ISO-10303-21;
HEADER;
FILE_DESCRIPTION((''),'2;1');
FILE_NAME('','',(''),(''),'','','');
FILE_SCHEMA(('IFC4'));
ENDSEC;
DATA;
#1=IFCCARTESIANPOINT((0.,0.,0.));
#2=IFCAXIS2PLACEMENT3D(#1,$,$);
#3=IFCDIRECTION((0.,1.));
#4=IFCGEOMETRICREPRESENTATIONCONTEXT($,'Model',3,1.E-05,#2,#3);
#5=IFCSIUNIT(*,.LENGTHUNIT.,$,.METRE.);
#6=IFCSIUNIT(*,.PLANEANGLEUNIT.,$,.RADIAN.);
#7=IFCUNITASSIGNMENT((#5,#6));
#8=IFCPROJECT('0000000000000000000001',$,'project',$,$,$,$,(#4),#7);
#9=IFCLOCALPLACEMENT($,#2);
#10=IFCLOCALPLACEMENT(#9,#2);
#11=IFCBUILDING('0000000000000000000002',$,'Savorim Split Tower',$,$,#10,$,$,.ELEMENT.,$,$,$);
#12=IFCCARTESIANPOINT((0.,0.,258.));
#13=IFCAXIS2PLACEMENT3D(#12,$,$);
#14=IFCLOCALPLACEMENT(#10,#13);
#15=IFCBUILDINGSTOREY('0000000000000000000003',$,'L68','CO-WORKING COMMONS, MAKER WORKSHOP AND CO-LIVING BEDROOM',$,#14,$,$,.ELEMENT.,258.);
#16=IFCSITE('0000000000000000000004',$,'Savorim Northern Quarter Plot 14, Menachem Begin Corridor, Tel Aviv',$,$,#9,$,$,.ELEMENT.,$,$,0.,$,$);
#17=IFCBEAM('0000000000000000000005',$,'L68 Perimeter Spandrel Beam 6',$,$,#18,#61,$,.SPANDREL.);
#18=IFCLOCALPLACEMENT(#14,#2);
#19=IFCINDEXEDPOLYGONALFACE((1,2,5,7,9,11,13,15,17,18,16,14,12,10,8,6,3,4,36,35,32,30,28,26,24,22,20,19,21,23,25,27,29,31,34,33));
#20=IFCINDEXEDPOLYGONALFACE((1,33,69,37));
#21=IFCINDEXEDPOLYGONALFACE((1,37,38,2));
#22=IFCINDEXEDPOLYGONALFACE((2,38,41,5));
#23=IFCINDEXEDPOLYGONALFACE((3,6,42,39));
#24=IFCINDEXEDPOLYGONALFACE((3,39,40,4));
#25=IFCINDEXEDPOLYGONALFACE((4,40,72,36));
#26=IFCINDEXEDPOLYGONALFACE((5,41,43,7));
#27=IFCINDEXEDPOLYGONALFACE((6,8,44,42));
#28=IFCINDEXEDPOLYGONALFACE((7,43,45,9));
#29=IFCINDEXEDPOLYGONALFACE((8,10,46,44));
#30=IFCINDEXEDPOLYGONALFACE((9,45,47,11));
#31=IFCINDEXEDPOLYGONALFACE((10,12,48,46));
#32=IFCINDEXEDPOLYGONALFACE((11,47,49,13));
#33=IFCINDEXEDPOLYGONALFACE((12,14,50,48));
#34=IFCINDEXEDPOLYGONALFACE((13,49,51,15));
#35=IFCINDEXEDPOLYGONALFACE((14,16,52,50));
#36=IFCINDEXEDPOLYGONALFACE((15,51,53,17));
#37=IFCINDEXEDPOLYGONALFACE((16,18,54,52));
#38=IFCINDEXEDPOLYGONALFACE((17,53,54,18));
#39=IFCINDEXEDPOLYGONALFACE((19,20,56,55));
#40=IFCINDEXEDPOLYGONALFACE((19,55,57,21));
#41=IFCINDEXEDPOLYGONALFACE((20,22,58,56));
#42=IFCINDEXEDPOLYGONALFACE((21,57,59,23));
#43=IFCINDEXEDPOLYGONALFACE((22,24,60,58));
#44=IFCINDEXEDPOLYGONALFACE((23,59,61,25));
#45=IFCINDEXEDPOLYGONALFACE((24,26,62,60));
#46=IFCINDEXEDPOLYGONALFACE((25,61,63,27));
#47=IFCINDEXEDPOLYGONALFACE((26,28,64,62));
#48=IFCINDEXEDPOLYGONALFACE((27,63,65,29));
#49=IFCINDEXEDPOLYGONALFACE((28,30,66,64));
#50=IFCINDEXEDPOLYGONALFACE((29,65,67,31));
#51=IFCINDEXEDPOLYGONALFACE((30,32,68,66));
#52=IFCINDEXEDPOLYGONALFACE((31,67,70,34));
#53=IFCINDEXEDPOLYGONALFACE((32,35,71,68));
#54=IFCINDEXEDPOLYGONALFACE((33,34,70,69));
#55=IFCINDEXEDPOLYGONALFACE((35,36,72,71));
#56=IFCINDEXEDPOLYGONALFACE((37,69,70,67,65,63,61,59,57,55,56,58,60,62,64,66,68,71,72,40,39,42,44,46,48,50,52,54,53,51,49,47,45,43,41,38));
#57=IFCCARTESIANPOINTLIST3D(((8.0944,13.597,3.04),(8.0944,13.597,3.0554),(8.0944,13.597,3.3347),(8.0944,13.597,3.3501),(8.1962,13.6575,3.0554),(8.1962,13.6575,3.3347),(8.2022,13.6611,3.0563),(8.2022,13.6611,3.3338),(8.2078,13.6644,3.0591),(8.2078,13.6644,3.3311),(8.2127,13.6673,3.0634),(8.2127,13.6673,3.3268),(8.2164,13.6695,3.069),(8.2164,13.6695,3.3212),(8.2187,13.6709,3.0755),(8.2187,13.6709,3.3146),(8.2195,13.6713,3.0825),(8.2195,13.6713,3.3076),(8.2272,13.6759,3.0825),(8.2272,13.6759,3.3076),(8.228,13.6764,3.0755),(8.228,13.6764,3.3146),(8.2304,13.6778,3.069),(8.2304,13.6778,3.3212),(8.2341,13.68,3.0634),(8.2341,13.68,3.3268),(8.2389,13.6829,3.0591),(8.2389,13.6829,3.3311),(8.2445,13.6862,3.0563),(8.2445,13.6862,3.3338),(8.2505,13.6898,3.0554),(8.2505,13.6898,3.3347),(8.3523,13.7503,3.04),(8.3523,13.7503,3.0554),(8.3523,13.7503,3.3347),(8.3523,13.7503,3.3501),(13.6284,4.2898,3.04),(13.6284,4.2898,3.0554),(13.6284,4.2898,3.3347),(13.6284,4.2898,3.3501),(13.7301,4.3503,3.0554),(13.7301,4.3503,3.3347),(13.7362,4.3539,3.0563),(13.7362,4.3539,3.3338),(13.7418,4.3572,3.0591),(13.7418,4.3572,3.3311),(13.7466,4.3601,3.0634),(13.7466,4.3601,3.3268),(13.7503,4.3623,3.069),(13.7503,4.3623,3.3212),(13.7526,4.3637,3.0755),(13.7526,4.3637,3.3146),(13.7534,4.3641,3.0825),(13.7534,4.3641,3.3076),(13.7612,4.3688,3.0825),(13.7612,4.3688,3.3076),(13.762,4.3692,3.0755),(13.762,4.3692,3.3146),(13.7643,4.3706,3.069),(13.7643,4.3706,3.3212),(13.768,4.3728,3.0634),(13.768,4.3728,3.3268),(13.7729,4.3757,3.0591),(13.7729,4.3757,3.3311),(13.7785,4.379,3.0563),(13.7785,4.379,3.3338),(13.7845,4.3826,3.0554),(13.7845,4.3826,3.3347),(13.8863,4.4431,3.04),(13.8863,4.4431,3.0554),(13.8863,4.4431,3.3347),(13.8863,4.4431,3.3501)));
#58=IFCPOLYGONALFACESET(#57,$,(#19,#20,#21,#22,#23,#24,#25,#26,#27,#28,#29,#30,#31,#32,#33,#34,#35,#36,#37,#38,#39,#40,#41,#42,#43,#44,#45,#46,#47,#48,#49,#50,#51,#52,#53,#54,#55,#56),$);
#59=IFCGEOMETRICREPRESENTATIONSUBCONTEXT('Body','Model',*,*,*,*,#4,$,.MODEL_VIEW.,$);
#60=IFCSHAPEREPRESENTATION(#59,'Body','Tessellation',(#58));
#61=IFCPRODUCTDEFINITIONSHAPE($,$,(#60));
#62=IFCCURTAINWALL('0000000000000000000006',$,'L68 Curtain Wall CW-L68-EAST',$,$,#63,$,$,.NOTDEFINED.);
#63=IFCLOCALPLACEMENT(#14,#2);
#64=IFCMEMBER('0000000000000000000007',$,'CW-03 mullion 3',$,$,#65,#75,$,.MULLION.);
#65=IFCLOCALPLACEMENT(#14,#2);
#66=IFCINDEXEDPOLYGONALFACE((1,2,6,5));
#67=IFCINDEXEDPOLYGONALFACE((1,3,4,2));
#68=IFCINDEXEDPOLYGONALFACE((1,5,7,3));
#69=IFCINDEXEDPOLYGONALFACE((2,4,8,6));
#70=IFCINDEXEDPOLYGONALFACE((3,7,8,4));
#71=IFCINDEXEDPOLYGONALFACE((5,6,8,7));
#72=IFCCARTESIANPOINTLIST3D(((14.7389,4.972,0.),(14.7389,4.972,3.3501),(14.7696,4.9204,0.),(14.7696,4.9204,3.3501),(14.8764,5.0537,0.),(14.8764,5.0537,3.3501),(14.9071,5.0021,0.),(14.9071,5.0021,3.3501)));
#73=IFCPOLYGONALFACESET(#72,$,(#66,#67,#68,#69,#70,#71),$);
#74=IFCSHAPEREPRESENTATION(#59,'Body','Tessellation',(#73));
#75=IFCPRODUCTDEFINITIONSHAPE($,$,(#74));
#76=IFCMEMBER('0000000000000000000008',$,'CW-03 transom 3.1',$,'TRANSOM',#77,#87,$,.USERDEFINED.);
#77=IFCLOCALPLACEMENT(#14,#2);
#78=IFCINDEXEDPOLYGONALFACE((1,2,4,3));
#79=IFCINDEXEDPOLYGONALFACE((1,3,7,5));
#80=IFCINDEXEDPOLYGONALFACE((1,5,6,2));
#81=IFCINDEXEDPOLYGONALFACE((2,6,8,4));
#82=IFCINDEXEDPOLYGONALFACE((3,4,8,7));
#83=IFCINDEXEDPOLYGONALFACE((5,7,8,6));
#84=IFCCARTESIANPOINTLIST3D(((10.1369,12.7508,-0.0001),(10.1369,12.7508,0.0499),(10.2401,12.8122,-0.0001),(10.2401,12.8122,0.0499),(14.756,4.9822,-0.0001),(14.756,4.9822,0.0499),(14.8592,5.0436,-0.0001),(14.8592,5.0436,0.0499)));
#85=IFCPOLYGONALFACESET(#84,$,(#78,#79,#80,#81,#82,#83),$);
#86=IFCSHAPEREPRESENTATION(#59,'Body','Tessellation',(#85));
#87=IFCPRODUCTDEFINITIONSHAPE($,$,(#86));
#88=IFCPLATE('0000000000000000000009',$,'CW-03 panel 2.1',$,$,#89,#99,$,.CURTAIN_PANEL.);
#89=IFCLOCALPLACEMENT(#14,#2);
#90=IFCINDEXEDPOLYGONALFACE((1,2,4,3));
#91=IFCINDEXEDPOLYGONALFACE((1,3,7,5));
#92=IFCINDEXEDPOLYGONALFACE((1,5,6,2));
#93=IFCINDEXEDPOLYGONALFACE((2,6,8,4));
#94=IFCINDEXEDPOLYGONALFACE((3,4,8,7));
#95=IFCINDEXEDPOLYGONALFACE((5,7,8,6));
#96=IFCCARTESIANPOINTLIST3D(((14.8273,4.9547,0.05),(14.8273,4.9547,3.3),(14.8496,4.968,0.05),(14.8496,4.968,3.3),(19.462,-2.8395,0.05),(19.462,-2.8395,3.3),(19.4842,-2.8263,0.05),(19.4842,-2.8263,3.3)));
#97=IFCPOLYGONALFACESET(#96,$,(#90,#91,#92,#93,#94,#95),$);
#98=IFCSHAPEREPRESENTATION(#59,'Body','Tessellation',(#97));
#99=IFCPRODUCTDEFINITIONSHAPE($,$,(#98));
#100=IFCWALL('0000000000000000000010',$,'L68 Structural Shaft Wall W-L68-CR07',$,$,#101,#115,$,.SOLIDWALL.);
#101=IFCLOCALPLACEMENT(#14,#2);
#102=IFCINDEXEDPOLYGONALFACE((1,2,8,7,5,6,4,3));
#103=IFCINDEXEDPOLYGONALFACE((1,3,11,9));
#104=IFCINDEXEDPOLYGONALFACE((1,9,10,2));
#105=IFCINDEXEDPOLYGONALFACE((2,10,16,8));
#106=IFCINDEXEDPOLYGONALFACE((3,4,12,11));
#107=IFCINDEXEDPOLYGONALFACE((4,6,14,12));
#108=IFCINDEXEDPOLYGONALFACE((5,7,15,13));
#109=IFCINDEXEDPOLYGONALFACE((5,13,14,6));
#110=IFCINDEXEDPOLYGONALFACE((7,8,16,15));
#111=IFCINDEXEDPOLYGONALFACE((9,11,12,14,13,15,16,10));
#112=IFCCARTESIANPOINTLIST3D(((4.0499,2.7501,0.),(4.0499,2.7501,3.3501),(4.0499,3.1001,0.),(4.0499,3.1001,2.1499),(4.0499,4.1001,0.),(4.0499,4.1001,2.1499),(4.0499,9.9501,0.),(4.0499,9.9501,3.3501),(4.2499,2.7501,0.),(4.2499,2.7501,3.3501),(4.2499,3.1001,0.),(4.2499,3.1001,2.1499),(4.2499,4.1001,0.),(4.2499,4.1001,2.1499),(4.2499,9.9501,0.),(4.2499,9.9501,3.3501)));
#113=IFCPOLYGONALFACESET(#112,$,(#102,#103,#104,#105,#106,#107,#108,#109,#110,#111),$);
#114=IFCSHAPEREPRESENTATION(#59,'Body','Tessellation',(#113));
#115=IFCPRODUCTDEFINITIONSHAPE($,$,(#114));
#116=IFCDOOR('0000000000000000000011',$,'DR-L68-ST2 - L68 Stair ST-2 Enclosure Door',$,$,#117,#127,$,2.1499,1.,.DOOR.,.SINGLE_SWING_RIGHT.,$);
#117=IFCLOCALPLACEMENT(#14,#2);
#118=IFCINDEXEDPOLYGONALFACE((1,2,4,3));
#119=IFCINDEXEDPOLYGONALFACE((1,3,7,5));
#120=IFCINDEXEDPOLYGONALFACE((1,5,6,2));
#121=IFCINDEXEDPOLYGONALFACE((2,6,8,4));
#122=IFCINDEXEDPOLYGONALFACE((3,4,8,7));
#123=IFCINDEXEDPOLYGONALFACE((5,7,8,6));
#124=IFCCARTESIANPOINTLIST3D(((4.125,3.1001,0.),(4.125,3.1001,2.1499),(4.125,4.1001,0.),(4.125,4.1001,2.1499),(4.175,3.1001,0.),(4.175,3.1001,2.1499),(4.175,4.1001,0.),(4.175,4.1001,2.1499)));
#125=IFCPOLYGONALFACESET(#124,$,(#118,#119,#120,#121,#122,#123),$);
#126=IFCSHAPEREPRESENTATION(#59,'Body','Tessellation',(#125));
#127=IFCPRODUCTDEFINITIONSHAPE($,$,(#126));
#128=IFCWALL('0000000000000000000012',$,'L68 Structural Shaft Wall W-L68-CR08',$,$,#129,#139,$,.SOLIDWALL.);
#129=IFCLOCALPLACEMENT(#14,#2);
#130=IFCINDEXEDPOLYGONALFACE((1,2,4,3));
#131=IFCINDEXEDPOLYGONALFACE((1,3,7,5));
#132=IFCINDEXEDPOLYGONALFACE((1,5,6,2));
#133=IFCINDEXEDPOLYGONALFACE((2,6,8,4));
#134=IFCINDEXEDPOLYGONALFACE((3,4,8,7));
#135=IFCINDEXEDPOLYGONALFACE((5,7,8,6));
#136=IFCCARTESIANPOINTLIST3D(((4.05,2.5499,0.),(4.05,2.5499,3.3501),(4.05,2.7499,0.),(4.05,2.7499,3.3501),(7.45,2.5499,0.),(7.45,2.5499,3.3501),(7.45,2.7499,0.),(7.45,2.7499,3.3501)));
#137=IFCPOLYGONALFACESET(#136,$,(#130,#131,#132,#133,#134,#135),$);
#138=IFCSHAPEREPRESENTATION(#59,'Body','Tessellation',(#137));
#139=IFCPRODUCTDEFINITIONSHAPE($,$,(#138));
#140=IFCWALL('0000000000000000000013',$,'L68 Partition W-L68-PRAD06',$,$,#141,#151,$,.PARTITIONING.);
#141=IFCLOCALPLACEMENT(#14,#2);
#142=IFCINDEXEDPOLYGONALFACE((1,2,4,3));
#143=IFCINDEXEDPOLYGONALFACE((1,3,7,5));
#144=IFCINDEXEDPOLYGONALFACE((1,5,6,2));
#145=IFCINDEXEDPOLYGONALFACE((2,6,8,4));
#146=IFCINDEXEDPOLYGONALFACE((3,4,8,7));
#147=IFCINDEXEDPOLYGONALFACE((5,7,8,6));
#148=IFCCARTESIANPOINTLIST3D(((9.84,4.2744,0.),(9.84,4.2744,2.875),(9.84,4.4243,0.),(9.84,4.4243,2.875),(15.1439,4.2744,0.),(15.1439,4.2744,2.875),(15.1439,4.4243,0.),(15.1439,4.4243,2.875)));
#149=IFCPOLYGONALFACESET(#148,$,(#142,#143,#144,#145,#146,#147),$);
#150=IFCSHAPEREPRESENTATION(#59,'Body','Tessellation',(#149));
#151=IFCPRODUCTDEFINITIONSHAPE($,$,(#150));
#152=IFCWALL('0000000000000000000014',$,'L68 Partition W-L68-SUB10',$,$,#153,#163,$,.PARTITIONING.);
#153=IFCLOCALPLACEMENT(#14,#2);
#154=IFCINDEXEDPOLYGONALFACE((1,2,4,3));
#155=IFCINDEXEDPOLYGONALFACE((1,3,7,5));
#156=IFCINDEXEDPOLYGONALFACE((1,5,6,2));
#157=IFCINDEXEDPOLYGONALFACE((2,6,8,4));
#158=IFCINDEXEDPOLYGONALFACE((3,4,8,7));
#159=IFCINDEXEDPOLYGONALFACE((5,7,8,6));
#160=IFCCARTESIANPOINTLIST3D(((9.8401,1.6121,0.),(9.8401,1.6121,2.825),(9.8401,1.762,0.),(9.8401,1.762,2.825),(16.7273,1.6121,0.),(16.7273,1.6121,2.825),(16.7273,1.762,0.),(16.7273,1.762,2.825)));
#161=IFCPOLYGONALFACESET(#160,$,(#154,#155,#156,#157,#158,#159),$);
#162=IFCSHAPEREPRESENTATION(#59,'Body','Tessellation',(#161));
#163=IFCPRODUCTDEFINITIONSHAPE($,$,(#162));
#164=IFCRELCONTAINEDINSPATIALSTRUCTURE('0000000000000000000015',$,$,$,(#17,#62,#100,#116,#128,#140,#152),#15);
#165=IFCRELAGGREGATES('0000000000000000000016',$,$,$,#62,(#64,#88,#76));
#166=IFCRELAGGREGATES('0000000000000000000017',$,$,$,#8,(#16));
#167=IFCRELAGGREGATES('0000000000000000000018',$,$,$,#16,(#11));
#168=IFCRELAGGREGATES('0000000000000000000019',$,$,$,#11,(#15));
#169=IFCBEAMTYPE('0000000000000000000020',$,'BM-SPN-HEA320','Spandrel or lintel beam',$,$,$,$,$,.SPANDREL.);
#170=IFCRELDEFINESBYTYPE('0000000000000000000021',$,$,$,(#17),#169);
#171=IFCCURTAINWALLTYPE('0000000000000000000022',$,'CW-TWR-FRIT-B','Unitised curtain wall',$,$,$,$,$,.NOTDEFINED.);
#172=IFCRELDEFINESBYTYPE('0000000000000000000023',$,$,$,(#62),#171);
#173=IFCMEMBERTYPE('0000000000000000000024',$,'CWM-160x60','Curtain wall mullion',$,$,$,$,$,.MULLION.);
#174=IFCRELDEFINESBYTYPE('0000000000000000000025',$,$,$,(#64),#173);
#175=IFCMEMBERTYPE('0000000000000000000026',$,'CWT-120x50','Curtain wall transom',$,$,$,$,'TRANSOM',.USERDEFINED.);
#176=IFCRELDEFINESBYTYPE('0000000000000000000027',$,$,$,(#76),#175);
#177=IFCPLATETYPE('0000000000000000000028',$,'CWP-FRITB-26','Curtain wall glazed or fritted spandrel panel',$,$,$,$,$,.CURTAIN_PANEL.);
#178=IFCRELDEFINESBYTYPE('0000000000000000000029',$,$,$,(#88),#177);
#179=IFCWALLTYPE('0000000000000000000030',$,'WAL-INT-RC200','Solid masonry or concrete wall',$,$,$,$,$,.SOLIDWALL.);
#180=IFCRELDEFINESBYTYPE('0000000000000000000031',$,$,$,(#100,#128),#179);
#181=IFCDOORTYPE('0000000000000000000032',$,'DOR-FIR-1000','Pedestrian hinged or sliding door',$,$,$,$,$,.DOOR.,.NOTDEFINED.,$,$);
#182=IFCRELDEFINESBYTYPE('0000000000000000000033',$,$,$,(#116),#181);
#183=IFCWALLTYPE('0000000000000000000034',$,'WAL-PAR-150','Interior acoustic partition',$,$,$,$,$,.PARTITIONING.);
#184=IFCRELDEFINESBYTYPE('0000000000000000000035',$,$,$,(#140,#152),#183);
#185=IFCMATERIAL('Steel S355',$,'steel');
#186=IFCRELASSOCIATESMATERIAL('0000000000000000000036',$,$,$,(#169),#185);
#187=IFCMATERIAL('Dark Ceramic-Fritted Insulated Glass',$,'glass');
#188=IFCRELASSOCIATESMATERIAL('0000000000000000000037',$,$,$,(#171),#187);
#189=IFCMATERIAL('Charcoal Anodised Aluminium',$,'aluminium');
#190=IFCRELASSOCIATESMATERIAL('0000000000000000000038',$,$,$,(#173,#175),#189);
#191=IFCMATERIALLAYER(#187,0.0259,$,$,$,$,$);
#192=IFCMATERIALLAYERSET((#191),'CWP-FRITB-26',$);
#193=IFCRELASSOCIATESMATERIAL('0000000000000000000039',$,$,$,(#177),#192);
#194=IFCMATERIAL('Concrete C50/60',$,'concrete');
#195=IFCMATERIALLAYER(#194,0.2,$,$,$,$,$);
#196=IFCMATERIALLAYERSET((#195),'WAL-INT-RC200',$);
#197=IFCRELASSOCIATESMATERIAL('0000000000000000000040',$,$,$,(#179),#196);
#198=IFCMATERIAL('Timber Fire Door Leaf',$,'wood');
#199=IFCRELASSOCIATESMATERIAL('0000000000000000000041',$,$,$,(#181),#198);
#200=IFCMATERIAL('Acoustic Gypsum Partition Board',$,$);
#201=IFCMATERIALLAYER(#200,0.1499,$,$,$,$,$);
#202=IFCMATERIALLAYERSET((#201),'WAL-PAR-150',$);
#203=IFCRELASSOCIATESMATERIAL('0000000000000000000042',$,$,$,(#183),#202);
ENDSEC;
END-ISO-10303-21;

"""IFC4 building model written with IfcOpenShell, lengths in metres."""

from ifc_helpers import new_model, si_unit, direction, frame, frame_2d, origin, origin_2d, place, context, subcontext, project, spatial, rectangle, i_section, extrude, material, layer, layer_set, material_profile, profile_set, type_object, element, fill, aggregate, save


model = new_model("IFC4")

# Units and contexts
model_context = context("Model", 3, precision=1e-05, world=origin(), true_north=direction((0.0, 1.0)))
body_context = subcontext(model_context, "Body", "Model", "MODEL_VIEW")
ifc_project = project(units=[si_unit("LENGTHUNIT", "METRE"), si_unit("PLANEANGLEUNIT", "RADIAN")], contexts=[model_context])

# Site, building, storey
site_placement = place(None, origin())
site = spatial("IfcSite", under=ifc_project, at=site_placement, Name="Savorim Northern Quarter Plot 14, Menachem Begin Corridor, Tel Aviv", CompositionType="ELEMENT", RefElevation=0.0)
building_placement = place(site_placement, origin())
building = spatial("IfcBuilding", under=site, at=building_placement, Name="Savorim Split Tower", CompositionType="ELEMENT")
storey_placement = place(building_placement, frame((0.0, 0.0, 258.0)))
storey = spatial("IfcBuildingStorey", under=building, at=storey_placement, Name="L68", Description="CO-WORKING COMMONS, MAKER WORKSHOP AND CO-LIVING BEDROOM", CompositionType="ELEMENT", Elevation=258.0)

# Shared definitions
ifc_material_1 = material(Name="Steel S355", Category="steel")

# Beam
ifc_material_profile_1 = material_profile(ifc_material_1, i_section(OverallWidth=0.3, OverallDepth=0.3101, WebThickness=0.009, FlangeThickness=0.0154, FilletRadius=0.0271, at=origin_2d()), Name="HEA 320")
ifc_profile_set_1 = profile_set([ifc_material_profile_1], Name="Steel S355")
beam_type_1 = type_object("IfcBeamType", Name="BM-SPN-HEA320", Description="Spandrel or lintel beam", PredefinedType="SPANDREL", material=ifc_profile_set_1)
beam_1_placement = place(storey_placement, frame((13.7573, 4.3665, 3.1951), z_axis=(-0.511073, 0.859537, 0.0), x_axis=(-0.859537, -0.511073, 0.0)))
element("IfcBeam", 1, at=beam_1_placement, inside=storey, type_object=beam_type_1, Name="L68 Perimeter Spandrel Beam 6", PredefinedType="SPANDREL", context=body_context, shape_type="SweptSolid", body=[
    extrude(i_section(OverallWidth=0.3, OverallDepth=0.3101, WebThickness=0.009, FlangeThickness=0.0154, FilletRadius=0.0271, at=origin_2d()), origin(), (0.0, 0.0, 1.0), 10.8281),
])

# Curtain wall, members, plate
ifc_material_2 = material(Name="Dark Ceramic-Fritted Insulated Glass", Category="glass")
curtain_wall_type = type_object("IfcCurtainWallType", Name="CW-TWR-FRIT-B", Description="Unitised curtain wall", PredefinedType="NOTDEFINED", material=ifc_material_2)
curtain_wall_placement = place(storey_placement, origin())
curtain_wall = element("IfcCurtainWall", 2, at=curtain_wall_placement, inside=storey, type_object=curtain_wall_type, Name="L68 Curtain Wall CW-L68-EAST", PredefinedType="NOTDEFINED")
ifc_material_3 = material(Name="Charcoal Anodised Aluminium", Category="aluminium")
ifc_material_profile_2 = material_profile(ifc_material_3, rectangle(XDim=0.1599, YDim=0.0601, at=origin_2d()), Name="ALU-M 160x60")
ifc_profile_set_2 = profile_set([ifc_material_profile_2], Name="Charcoal Anodised Aluminium")
member_type_1 = type_object("IfcMemberType", Name="CWM-160x60", Description="Curtain wall mullion", PredefinedType="MULLION", material=ifc_profile_set_2)
member_1_placement = place(storey_placement, frame((14.823, 4.9871, 0.0), z_axis=(0.0, 0.0, 1.0), x_axis=(-0.859527, -0.51109, 0.0)))
member_1 = element("IfcMember", 3, at=member_1_placement, type_object=member_type_1, Name="CW-03 mullion 3", PredefinedType="MULLION", context=body_context, shape_type="SweptSolid", body=[
    extrude(rectangle(XDim=0.1599, YDim=0.0601, at=origin_2d()), origin(), (0.0, 0.0, 1.0), 3.3501),
])
ifc_material_profile_3 = material_profile(ifc_material_3, rectangle(XDim=0.1201, YDim=0.05, at=origin_2d()), Name="ALU-T 120x50")
ifc_profile_set_3 = profile_set([ifc_material_profile_3], Name="Charcoal Anodised Aluminium")
member_type_2 = type_object("IfcMemberType", Name="CWT-120x50", Description="Curtain wall transom", ElementType="TRANSOM", PredefinedType="USERDEFINED", material=ifc_profile_set_3)
member_2_placement = place(storey_placement, frame((14.8076, 5.0129, 0.0249), z_axis=(-0.511075, 0.859536, 0.0), x_axis=(-0.859536, -0.511075, 0.0)))
member_2 = element("IfcMember", 4, at=member_2_placement, type_object=member_type_2, Name="CW-03 transom 3.1", ObjectType="TRANSOM", PredefinedType="USERDEFINED", context=body_context, shape_type="SweptSolid", body=[
    extrude(rectangle(XDim=0.1201, YDim=0.05, at=origin_2d()), origin(), (0.0, 0.0, 1.0), 9.0381),
])
ifc_layer_1 = layer(ifc_material_2, 0.0259)
ifc_layer_set_1 = layer_set([ifc_layer_1], Name="CWP-FRITB-26")
plate_type = type_object("IfcPlateType", Name="CWP-FRITB-26", Description="Curtain wall glazed or fritted spandrel panel", PredefinedType="CURTAIN_PANEL", material=ifc_layer_set_1)
plate_placement = place(storey_placement, frame((17.1558, 1.0642, 0.05), z_axis=(0.0, 0.0, 1.0), x_axis=(-0.51109, 0.859527, 0.0)))
plate = element("IfcPlate", 5, at=plate_placement, type_object=plate_type, Name="CW-03 panel 2.1", PredefinedType="CURTAIN_PANEL", context=body_context, shape_type="SweptSolid", body=[
    extrude(rectangle(XDim=9.0681, YDim=0.0259, at=origin_2d()), origin(), (0.0, 0.0, 1.0), 3.25),
])
aggregate(curtain_wall, [member_1, plate, member_2])

# Wall, opening, door
ifc_material_4 = material(Name="Concrete C50/60", Category="concrete")
ifc_layer_2 = layer(ifc_material_4, 0.2)
ifc_layer_set_2 = layer_set([ifc_layer_2], Name="WAL-INT-RC200")
wall_type_1 = type_object("IfcWallType", Name="WAL-INT-RC200", Description="Solid masonry or concrete wall", PredefinedType="SOLIDWALL", material=ifc_layer_set_2)
wall_1_placement = place(storey_placement, frame((4.1499, 2.75, 0.0), z_axis=(0.0, 0.0, 1.0), x_axis=(0.0, 1.0, 0.0)))
wall_1 = element("IfcWall", 6, at=wall_1_placement, inside=storey, type_object=wall_type_1, Name="L68 Structural Shaft Wall W-L68-CR07", PredefinedType="SOLIDWALL", context=body_context, shape_type="SweptSolid", body=[
    extrude(rectangle(XDim=7.2, YDim=0.2, at=frame_2d((3.6001, 0.0))), origin(), (0.0, 0.0, 1.0), 3.3501),
])
opening_1_placement = place(wall_1_placement, frame((0.3501, 0.0, 0.0)))
opening_1 = element("IfcOpeningElement", 7, at=opening_1_placement, cuts=wall_1, PredefinedType="OPENING", context=body_context, shape_type="SweptSolid", body=[
    extrude(rectangle(XDim=1.0, YDim=2.1499, at=frame_2d((0.5, 1.075))), frame((0.0, 0.1099, 0.0), z_axis=(0.0, -1.0, 0.0), x_axis=(1.0, 0.0, 0.0)), (0.0, 0.0, 1.0), 0.22),
])
ifc_material_5 = material(Name="Timber Fire Door Leaf", Category="wood")
door_type_1 = type_object("IfcDoorType", Name="DOR-FIR-1000", Description="Pedestrian hinged or sliding door", OperationType="NOTDEFINED", PredefinedType="DOOR", material=ifc_material_5)
door_1_placement = place(opening_1_placement, origin())
door_1 = element("IfcDoor", 8, at=door_1_placement, inside=storey, type_object=door_type_1, Name="DR-L68-ST2 - L68 Stair ST-2 Enclosure Door", OperationType="SINGLE_SWING_RIGHT", OverallHeight=2.1499, OverallWidth=1.0, PredefinedType="DOOR", context=body_context, shape_type="SweptSolid", body=[
    extrude(rectangle(XDim=1.0, YDim=2.1499, at=frame_2d((0.5, 1.075))), frame((0.0, 0.0249, 0.0), z_axis=(0.0, -1.0, 0.0), x_axis=(1.0, 0.0, 0.0)), (0.0, 0.0, 1.0), 0.05),
])
fill(opening_1, door_1)

# Wall
wall_2_placement = place(storey_placement, frame((4.05, 2.6499, 0.0), z_axis=(0.0, 0.0, 1.0), x_axis=(1.0, 0.0, 0.0)))
element("IfcWall", 9, at=wall_2_placement, inside=storey, type_object=wall_type_1, Name="L68 Structural Shaft Wall W-L68-CR08", PredefinedType="SOLIDWALL", context=body_context, shape_type="SweptSolid", body=[
    extrude(rectangle(XDim=3.3999, YDim=0.2, at=frame_2d((1.7, 0.0))), origin(), (0.0, 0.0, 1.0), 3.3501),
])

# Walls
ifc_material_6 = material(Name="Acoustic Gypsum Partition Board")
ifc_layer_3 = layer(ifc_material_6, 0.1499)
ifc_layer_set_3 = layer_set([ifc_layer_3], Name="WAL-PAR-150")
wall_type_2 = type_object("IfcWallType", Name="WAL-PAR-150", Description="Interior acoustic partition", PredefinedType="PARTITIONING", material=ifc_layer_set_3)
wall_3_placement = place(storey_placement, frame((9.8401, 4.3494, 0.0), z_axis=(0.0, 0.0, 1.0), x_axis=(1.0, 0.0, 0.0)))
element("IfcWall", 10, at=wall_3_placement, inside=storey, type_object=wall_type_2, Name="L68 Partition W-L68-PRAD06", PredefinedType="PARTITIONING", context=body_context, shape_type="SweptSolid", body=[
    extrude(rectangle(XDim=5.304, YDim=0.1499, at=frame_2d((2.6519, 0.0))), origin(), (0.0, 0.0, 1.0), 2.875),
])
wall_4_placement = place(storey_placement, frame((9.8401, 1.687, 0.0), z_axis=(0.0, 0.0, 1.0), x_axis=(1.0, 0.0, 0.0)))
element("IfcWall", 11, at=wall_4_placement, inside=storey, type_object=wall_type_2, Name="L68 Partition W-L68-SUB10", PredefinedType="PARTITIONING", context=body_context, shape_type="SweptSolid", body=[
    extrude(rectangle(XDim=6.8872, YDim=0.1499, at=frame_2d((3.4436, 0.0))), origin(), (0.0, 0.0, 1.0), 2.825),
])

save(model, "model.ifc")
